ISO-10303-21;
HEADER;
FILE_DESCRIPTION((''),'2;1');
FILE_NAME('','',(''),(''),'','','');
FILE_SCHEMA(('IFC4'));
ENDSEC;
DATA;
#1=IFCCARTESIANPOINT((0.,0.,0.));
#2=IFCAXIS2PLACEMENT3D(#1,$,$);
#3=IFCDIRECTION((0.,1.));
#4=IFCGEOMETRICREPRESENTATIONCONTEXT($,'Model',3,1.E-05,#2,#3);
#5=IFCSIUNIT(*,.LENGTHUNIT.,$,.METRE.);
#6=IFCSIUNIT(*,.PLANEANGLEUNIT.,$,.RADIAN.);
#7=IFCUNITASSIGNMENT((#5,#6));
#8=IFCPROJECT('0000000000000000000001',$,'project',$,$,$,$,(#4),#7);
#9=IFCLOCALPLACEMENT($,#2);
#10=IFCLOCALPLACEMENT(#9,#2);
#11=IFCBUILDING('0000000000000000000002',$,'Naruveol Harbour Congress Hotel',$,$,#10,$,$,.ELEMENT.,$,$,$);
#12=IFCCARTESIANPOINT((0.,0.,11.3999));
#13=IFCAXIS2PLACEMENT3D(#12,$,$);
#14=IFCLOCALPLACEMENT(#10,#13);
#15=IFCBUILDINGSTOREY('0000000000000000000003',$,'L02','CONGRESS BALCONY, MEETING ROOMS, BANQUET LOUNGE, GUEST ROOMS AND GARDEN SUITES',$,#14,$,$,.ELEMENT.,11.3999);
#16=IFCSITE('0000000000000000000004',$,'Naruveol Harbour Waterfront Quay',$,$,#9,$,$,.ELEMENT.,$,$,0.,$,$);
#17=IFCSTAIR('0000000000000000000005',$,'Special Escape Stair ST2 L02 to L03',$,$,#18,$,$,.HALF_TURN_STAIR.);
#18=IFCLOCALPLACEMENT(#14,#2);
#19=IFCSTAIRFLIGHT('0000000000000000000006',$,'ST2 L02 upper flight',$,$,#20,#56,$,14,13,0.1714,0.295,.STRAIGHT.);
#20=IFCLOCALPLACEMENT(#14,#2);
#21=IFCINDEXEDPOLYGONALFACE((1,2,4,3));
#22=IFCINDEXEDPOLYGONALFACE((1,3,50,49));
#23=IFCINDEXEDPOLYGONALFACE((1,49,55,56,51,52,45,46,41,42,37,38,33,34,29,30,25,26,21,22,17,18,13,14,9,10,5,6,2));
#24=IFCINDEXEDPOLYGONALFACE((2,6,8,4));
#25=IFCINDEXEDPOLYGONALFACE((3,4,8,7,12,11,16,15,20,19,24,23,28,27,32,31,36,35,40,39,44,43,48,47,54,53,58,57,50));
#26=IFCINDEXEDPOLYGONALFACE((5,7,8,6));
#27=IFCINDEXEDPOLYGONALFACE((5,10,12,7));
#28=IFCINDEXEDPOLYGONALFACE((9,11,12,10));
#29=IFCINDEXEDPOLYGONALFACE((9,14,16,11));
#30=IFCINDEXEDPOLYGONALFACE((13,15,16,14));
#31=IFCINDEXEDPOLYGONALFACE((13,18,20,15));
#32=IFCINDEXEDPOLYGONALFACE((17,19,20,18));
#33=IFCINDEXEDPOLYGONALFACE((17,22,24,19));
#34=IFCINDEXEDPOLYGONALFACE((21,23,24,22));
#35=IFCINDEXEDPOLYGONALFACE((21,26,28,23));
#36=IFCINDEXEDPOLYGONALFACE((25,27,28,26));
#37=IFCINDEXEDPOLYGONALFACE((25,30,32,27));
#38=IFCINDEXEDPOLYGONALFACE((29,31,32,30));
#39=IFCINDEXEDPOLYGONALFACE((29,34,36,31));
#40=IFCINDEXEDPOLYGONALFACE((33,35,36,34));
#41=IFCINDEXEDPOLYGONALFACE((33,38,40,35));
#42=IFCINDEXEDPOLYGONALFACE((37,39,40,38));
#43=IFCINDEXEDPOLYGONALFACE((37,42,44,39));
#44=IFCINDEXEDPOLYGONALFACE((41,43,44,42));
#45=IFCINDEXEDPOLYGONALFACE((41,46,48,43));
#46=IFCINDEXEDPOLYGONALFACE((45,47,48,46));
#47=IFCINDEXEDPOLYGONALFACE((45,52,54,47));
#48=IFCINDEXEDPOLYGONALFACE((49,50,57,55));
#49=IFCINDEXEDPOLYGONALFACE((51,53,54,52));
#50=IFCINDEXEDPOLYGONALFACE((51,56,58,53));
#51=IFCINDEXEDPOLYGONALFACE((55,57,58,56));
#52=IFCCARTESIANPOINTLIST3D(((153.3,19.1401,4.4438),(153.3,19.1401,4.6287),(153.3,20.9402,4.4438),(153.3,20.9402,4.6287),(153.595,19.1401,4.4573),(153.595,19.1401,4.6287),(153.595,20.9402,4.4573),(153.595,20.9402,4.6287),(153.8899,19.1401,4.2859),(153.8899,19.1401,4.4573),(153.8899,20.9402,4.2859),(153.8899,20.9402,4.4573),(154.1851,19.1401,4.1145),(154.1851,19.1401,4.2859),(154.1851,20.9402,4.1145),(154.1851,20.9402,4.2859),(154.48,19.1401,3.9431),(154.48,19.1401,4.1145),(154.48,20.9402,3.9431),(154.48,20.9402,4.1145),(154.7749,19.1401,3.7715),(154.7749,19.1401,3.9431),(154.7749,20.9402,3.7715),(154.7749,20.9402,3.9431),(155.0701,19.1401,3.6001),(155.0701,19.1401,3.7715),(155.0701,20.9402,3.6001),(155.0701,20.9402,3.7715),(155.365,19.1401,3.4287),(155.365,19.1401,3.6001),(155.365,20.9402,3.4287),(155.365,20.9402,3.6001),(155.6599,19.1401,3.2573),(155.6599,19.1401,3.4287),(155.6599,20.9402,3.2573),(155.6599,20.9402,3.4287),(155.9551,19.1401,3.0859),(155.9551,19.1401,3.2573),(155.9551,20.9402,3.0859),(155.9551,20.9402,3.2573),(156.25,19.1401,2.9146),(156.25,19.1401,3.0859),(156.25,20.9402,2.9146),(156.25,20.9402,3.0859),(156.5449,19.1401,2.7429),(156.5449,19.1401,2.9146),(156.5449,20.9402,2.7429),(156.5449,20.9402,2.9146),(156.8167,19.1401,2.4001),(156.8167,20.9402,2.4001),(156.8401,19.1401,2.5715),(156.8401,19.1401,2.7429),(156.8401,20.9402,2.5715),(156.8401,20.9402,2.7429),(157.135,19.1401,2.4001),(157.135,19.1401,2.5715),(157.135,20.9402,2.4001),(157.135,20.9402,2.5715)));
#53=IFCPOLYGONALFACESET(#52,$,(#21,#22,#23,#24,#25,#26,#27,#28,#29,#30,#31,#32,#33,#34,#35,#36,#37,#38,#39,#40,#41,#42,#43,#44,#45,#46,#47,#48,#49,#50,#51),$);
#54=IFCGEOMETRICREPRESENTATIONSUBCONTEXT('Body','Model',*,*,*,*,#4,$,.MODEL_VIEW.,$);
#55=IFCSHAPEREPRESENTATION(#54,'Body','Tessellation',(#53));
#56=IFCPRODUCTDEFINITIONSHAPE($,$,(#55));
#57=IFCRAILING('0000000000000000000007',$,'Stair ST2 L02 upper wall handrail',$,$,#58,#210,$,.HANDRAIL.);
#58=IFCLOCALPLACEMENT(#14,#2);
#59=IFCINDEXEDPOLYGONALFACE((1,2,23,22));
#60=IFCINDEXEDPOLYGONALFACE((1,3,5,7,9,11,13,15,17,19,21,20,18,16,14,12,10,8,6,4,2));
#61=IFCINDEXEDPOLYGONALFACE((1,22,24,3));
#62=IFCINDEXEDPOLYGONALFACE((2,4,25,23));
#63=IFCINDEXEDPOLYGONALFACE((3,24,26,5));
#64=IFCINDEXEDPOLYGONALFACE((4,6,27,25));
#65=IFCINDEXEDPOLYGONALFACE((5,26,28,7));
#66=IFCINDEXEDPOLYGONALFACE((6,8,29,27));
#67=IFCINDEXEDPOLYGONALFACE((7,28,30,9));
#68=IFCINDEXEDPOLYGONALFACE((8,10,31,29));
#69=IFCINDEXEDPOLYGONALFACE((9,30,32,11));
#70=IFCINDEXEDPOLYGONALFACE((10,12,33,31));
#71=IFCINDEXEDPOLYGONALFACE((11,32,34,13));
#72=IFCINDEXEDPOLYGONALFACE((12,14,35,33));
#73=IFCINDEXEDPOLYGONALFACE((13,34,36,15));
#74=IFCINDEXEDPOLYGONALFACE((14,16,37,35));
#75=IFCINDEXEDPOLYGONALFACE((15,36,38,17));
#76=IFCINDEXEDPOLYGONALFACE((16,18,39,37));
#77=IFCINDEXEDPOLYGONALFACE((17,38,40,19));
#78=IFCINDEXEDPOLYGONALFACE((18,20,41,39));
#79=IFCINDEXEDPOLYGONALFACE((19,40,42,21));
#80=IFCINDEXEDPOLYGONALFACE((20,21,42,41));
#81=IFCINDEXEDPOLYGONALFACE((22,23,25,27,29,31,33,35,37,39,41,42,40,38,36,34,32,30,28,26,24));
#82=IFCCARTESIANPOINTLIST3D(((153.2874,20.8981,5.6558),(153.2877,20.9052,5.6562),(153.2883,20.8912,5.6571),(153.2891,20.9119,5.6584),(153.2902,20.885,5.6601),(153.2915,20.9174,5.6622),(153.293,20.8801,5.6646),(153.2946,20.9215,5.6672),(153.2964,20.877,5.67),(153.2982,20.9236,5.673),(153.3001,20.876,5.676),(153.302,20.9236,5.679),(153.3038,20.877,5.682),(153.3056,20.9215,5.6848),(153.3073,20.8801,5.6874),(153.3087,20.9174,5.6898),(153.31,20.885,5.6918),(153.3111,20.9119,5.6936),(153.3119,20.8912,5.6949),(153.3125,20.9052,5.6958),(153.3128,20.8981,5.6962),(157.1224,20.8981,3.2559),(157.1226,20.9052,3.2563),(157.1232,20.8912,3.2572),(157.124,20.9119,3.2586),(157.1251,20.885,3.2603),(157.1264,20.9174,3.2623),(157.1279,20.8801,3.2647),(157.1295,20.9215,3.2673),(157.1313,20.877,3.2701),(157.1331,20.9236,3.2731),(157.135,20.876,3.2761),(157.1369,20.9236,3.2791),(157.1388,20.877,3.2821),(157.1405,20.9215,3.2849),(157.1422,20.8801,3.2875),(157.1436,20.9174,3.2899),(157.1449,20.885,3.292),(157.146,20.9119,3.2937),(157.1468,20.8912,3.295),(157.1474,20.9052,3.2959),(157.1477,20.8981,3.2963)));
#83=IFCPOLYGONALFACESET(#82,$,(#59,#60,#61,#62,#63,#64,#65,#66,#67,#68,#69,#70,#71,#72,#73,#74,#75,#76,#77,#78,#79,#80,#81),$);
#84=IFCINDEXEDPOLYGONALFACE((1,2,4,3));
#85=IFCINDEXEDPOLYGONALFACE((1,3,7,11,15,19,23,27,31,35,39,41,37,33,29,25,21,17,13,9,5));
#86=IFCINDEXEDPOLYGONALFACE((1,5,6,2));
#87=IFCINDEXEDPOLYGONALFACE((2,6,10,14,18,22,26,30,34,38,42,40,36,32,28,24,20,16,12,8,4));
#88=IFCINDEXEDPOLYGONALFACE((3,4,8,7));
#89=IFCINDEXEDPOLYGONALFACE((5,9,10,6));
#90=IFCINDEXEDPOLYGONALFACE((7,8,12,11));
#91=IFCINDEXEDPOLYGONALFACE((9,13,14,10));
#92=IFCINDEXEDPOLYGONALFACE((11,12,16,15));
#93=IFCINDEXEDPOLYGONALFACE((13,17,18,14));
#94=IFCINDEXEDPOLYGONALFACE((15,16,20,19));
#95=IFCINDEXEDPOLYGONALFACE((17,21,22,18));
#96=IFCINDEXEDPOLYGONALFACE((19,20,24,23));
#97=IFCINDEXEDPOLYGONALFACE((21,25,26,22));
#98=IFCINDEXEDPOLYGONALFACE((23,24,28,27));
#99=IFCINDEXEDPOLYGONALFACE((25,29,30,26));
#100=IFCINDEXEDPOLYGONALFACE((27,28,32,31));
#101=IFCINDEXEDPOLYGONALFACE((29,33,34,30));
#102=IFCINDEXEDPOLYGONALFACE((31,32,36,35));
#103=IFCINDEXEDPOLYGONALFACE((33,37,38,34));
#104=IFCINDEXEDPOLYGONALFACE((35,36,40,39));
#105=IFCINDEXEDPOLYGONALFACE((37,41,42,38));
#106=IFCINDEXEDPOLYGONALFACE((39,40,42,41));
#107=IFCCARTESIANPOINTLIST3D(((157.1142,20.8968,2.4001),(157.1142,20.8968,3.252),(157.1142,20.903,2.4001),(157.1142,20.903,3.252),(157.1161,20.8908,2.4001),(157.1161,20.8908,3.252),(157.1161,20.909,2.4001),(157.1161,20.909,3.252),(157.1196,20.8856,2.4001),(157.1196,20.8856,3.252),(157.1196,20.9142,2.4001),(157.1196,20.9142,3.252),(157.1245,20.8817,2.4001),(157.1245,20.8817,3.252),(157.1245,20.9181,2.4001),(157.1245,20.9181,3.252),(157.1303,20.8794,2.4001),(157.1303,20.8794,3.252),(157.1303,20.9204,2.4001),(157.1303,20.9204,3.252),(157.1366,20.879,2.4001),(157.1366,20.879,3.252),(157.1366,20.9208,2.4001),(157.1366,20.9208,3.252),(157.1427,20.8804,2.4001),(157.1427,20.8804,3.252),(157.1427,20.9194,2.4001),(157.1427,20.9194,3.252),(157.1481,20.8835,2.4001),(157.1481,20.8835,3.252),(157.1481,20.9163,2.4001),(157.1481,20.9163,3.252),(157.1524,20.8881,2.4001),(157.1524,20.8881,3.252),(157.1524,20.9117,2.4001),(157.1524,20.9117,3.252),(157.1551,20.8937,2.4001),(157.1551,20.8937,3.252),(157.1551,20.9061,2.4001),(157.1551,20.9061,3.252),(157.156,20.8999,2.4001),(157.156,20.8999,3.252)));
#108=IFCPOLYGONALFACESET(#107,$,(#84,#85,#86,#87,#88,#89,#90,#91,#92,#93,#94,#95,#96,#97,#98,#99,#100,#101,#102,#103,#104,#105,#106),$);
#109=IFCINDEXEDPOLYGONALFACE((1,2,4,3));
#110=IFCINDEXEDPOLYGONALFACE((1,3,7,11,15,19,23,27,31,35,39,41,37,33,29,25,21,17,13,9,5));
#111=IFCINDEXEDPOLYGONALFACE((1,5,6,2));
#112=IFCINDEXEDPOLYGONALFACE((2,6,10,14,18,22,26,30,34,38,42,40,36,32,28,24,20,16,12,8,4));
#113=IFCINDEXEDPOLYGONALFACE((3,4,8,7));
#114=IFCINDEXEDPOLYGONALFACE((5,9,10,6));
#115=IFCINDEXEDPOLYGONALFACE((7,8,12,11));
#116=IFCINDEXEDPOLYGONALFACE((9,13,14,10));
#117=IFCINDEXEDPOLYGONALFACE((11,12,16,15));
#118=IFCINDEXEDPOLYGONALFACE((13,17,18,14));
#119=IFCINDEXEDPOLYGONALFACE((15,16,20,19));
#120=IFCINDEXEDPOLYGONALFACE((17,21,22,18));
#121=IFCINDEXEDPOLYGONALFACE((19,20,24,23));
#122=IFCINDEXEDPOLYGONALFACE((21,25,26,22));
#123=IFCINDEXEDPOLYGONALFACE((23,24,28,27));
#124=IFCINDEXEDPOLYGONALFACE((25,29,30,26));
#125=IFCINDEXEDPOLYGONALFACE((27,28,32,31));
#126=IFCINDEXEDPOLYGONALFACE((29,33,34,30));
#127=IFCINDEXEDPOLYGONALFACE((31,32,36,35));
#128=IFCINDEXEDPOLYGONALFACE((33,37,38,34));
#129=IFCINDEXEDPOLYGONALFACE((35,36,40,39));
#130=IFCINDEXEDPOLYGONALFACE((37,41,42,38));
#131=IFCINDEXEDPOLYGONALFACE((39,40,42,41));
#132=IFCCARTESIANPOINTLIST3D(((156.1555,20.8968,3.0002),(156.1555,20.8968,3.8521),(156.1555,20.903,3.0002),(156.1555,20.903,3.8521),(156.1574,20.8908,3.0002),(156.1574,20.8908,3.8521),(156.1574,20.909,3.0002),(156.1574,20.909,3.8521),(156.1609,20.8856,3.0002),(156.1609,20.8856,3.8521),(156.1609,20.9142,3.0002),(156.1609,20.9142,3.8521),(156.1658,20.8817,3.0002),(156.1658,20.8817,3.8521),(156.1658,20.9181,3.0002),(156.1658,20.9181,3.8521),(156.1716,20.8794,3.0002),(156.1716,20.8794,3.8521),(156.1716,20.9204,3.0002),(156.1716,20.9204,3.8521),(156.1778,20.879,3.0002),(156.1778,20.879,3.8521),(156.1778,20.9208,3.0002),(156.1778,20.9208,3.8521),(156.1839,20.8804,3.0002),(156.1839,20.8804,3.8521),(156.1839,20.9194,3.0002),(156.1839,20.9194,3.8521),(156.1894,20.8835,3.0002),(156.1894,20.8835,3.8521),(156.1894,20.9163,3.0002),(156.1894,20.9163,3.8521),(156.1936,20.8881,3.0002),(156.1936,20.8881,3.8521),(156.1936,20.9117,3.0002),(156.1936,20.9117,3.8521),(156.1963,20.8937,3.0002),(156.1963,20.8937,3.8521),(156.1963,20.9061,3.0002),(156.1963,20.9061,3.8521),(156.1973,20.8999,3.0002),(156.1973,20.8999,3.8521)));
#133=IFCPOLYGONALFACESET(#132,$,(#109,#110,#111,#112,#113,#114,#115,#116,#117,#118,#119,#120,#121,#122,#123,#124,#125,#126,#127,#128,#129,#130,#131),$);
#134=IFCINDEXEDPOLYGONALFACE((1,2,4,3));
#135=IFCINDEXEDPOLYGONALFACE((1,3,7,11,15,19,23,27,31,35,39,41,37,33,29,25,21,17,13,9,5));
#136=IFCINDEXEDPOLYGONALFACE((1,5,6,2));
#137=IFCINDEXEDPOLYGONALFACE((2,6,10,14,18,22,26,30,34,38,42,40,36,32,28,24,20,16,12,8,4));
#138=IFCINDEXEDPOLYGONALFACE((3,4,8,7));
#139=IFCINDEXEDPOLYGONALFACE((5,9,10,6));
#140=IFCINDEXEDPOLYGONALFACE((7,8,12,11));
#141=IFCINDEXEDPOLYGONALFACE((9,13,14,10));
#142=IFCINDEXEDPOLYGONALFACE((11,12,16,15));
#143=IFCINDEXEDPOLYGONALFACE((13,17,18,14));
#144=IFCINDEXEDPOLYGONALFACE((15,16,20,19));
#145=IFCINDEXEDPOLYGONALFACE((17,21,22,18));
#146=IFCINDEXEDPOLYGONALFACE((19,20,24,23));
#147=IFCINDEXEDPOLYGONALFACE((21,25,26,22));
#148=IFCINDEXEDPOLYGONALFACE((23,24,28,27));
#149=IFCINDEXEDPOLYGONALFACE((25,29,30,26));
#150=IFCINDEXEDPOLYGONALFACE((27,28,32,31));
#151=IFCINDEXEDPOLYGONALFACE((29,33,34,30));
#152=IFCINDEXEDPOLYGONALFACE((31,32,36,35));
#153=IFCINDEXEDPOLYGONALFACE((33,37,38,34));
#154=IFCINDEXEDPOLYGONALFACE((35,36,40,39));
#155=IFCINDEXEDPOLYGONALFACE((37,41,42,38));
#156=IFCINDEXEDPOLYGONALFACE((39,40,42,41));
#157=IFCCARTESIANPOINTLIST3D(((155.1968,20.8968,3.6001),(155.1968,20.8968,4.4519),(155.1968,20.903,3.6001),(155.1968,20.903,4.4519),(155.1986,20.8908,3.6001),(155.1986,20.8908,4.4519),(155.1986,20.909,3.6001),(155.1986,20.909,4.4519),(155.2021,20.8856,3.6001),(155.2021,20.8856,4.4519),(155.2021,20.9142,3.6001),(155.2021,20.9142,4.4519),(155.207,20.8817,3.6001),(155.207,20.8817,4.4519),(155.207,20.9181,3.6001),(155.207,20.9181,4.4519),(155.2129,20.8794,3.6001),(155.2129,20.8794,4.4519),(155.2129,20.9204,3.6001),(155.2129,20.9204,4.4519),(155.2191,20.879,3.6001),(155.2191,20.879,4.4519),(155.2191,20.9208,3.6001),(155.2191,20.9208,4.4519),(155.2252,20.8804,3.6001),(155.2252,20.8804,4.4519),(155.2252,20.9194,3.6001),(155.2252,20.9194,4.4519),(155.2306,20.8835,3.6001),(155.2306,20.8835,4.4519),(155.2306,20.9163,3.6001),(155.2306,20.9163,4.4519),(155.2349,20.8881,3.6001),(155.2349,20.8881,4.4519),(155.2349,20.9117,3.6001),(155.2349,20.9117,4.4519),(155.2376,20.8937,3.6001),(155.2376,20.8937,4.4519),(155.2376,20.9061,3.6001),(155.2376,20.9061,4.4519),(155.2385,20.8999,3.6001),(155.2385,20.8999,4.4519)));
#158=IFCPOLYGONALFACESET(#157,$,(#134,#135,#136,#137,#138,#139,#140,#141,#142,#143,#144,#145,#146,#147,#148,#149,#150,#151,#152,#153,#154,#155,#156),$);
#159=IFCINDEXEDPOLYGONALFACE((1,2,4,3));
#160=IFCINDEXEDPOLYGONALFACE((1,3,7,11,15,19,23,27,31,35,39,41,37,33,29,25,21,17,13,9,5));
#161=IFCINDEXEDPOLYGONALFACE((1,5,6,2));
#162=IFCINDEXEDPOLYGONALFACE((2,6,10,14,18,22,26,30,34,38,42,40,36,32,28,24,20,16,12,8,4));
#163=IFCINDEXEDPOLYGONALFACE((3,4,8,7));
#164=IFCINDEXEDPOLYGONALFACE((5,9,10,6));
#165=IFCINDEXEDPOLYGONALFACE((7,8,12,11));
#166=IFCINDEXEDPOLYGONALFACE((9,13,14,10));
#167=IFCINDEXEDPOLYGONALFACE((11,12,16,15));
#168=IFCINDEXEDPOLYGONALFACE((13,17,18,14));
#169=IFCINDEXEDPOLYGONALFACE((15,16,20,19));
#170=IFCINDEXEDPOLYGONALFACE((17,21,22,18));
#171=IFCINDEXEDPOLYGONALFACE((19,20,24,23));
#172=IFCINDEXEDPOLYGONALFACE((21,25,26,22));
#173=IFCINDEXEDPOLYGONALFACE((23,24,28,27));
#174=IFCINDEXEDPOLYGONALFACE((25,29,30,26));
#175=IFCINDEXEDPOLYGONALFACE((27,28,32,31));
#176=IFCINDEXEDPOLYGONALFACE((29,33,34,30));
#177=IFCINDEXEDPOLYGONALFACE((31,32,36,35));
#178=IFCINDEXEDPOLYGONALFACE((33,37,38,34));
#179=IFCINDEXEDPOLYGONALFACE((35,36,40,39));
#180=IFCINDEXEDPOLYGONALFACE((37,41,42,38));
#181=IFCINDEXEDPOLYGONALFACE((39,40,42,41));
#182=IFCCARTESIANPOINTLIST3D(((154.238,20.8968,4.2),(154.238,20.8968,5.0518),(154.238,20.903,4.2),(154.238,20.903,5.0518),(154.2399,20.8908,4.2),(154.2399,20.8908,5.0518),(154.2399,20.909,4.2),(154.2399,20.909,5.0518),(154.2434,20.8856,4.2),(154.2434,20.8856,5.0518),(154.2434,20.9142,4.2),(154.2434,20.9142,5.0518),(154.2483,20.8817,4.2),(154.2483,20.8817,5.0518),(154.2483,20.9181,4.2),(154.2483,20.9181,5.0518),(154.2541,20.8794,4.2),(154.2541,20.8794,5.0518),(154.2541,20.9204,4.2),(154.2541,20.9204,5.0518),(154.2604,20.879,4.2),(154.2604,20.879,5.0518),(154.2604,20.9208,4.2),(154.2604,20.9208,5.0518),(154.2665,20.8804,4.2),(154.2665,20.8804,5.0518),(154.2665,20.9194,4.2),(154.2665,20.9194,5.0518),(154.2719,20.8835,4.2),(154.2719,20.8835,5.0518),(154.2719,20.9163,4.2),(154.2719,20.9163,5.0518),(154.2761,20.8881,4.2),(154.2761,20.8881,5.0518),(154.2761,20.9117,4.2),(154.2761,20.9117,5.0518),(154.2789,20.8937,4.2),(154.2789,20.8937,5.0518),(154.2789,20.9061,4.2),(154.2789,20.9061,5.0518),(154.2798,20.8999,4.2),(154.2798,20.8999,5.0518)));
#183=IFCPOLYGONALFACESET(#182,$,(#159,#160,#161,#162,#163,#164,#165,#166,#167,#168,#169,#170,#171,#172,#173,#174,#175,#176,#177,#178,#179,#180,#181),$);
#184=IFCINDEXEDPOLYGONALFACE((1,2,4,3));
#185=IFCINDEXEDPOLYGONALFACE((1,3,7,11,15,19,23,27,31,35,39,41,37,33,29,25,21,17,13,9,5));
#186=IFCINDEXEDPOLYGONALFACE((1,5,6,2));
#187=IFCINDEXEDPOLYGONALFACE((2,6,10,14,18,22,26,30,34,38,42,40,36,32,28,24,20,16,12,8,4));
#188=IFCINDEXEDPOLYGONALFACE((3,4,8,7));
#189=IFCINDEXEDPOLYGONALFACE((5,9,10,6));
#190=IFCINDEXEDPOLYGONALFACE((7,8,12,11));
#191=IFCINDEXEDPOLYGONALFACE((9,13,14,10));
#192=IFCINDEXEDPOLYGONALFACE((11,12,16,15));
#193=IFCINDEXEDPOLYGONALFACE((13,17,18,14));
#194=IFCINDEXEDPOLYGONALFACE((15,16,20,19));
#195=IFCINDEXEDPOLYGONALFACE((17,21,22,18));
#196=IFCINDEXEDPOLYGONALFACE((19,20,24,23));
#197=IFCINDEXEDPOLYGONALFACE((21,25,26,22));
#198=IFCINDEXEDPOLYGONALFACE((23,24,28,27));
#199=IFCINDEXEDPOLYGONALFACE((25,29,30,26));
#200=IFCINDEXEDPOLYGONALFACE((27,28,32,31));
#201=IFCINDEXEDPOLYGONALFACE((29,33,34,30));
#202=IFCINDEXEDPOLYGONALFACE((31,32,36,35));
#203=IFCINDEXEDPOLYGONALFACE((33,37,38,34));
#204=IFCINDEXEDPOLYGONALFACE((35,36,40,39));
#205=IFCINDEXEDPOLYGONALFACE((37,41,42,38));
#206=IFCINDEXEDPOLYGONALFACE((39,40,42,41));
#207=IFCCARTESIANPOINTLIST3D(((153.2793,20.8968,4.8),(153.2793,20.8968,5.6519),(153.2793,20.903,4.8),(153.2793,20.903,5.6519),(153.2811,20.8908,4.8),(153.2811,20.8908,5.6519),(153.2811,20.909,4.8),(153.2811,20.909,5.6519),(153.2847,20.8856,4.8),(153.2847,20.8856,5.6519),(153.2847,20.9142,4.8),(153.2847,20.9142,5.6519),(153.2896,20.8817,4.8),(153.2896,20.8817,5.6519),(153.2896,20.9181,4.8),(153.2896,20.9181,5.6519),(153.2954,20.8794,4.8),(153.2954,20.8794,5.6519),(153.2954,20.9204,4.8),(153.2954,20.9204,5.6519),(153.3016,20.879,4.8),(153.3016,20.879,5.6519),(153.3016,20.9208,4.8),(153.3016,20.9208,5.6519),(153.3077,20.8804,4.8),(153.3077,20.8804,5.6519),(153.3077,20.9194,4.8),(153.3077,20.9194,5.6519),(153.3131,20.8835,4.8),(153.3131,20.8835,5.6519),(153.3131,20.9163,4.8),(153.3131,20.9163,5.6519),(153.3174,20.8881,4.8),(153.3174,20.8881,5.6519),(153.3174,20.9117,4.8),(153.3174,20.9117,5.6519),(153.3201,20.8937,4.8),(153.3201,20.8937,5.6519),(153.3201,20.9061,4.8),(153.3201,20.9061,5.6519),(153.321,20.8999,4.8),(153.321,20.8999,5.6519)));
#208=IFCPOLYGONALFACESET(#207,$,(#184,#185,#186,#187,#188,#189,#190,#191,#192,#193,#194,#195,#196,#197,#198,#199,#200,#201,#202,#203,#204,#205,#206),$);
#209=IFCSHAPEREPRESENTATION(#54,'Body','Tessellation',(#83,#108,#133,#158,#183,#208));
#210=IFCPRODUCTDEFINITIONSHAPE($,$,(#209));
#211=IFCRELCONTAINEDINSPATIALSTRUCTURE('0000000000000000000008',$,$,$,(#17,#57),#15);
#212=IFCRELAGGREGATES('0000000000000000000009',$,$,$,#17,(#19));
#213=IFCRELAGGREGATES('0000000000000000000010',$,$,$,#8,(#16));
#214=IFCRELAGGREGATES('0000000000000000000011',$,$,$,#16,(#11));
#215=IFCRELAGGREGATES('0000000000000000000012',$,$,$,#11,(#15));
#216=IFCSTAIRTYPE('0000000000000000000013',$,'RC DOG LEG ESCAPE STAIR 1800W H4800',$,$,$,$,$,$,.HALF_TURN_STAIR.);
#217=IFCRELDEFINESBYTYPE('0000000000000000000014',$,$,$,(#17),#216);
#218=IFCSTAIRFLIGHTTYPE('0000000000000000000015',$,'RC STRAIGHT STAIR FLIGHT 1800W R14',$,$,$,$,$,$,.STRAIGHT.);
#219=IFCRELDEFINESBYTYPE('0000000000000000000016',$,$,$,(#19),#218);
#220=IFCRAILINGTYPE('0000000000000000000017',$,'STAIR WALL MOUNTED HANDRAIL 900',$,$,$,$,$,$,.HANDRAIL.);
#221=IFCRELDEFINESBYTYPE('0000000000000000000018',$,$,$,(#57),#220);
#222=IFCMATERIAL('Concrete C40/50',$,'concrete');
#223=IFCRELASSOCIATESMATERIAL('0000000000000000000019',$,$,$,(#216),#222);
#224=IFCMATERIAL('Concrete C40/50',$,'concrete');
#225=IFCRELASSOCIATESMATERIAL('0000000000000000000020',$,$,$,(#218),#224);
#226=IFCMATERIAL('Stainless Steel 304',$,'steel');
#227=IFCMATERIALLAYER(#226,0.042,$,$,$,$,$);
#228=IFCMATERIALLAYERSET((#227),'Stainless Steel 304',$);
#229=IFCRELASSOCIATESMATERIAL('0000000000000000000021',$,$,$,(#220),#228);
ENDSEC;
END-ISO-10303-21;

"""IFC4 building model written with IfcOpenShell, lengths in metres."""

from ifc_helpers import new_model, si_unit, direction, frame, origin, origin_2d, place, context, subcontext, project, spatial, polyline, circle, outline, extrude, material, layer, layer_set, type_object, element, aggregate, save


model = new_model("IFC4")

# Units and contexts
model_context = context("Model", 3, precision=1e-05, world=origin(), true_north=direction((0.0, 1.0)))
body_context = subcontext(model_context, "Body", "Model", "MODEL_VIEW")
ifc_project = project(units=[si_unit("LENGTHUNIT", "METRE"), si_unit("PLANEANGLEUNIT", "RADIAN")], contexts=[model_context])

# Site, building, storey
site_placement = place(None, origin())
site = spatial("IfcSite", under=ifc_project, at=site_placement, Name="Naruveol Harbour Waterfront Quay", CompositionType="ELEMENT", RefElevation=0.0)
building_placement = place(site_placement, origin())
building = spatial("IfcBuilding", under=site, at=building_placement, Name="Naruveol Harbour Congress Hotel", CompositionType="ELEMENT")
storey_placement = place(building_placement, frame((0.0, 0.0, 11.3999)))
storey = spatial("IfcBuildingStorey", under=building, at=storey_placement, Name="L02", Description="CONGRESS BALCONY, MEETING ROOMS, BANQUET LOUNGE, GUEST ROOMS AND GARDEN SUITES", CompositionType="ELEMENT", Elevation=11.3999)

# Stair, stair flight
ifc_material_1 = material(Name="Concrete C40/50", Category="concrete")
stair_type = type_object("IfcStairType", Name="RC DOG LEG ESCAPE STAIR 1800W H4800", PredefinedType="HALF_TURN_STAIR", material=ifc_material_1)
stair_placement = place(storey_placement, origin())
stair = element("IfcStair", 1, at=stair_placement, inside=storey, type_object=stair_type, Name="Special Escape Stair ST2 L02 to L03", PredefinedType="HALF_TURN_STAIR")
ifc_material_2 = material(Name="Concrete C40/50", Category="concrete")
stair_flight_type = type_object("IfcStairFlightType", Name="RC STRAIGHT STAIR FLIGHT 1800W R14", PredefinedType="STRAIGHT", material=ifc_material_2)
stair_flight_placement = place(storey_placement, frame((157.135, 20.04, 2.4001), z_axis=(0.0, 0.0, 1.0), x_axis=(-1.0, 0.0, 0.0)))
stair_flight = element("IfcStairFlight", 2, at=stair_flight_placement, type_object=stair_flight_type, Name="ST2 L02 upper flight", NumberOfRisers=14, NumberOfTreads=13, PredefinedType="STRAIGHT", RiserHeight=0.1714, TreadLength=0.295, context=body_context, shape_type="SweptSolid", body=[
    extrude(outline(polyline([(0.0, 0.0), (0.0, 0.1714), (0.2949, 0.1714), (0.2949, 0.3428), (0.5901, 0.3428), (0.5901, 0.5144), (0.885, 0.5144), (0.885, 0.6858), (1.1799, 0.6858), (1.1799, 0.8572), (1.4751, 0.8572), (1.4751, 1.0286), (1.77, 1.0286), (1.77, 1.2), (2.0649, 1.2), (2.0649, 1.3713), (2.3601, 1.3713), (2.3601, 1.543), (2.655, 1.543), (2.655, 1.7144), (2.95, 1.7144), (2.95, 1.8857), (3.2451, 1.8857), (3.2451, 2.0571), (3.54, 2.0571), (3.54, 2.2285), (3.835, 2.2285), (3.835, 2.3999), (3.835, 2.0437), (0.3184, 0.0), (0.0, 0.0)])), frame((0.0, 0.8999, 0.0), z_axis=(0.0, -1.0, 0.0), x_axis=(1.0, 0.0, 0.0)), (0.0, 0.0, 1.0), 1.8),
])
aggregate(stair, [stair_flight])

# Railing
ifc_material_3 = material(Name="Stainless Steel 304", Category="steel")
ifc_layer_1 = layer(ifc_material_3, 0.042)
ifc_layer_set_1 = layer_set([ifc_layer_1], Name="Stainless Steel 304")
railing_type_1 = type_object("IfcRailingType", Name="STAIR WALL MOUNTED HANDRAIL 900", PredefinedType="HANDRAIL", material=ifc_layer_set_1)
railing_1_placement = place(storey_placement, frame((157.135, 20.8999, 2.4001)))
element("IfcRailing", 3, at=railing_1_placement, inside=storey, type_object=railing_type_1, Name="Stair ST2 L02 upper wall handrail", PredefinedType="HANDRAIL", context=body_context, shape_type="SweptSolid", body=[
    extrude(circle(Radius=0.0239, at=origin_2d()), frame((0.0, 0.0, 0.876), z_axis=(-0.847695, 0.0, 0.530484), x_axis=(0.0, -1.0, 0.0)), (0.0, 0.0, 1.0), 4.5239),
    extrude(circle(Radius=0.021, at=origin_2d()), origin(), (0.0, 0.0, 1.0), 0.8518),
    extrude(circle(Radius=0.021, at=origin_2d()), frame((-0.9587, 0.0, 0.6001)), (0.0, 0.0, 1.0), 0.8518),
    extrude(circle(Radius=0.021, at=origin_2d()), frame((-1.9175, 0.0, 1.2)), (0.0, 0.0, 1.0), 0.8518),
    extrude(circle(Radius=0.021, at=origin_2d()), frame((-2.8762, 0.0, 1.7998)), (0.0, 0.0, 1.0), 0.8518),
    extrude(circle(Radius=0.021, at=origin_2d()), frame((-3.835, 0.0, 2.3999)), (0.0, 0.0, 1.0), 0.8518),
])

save(model, "model.ifc")
